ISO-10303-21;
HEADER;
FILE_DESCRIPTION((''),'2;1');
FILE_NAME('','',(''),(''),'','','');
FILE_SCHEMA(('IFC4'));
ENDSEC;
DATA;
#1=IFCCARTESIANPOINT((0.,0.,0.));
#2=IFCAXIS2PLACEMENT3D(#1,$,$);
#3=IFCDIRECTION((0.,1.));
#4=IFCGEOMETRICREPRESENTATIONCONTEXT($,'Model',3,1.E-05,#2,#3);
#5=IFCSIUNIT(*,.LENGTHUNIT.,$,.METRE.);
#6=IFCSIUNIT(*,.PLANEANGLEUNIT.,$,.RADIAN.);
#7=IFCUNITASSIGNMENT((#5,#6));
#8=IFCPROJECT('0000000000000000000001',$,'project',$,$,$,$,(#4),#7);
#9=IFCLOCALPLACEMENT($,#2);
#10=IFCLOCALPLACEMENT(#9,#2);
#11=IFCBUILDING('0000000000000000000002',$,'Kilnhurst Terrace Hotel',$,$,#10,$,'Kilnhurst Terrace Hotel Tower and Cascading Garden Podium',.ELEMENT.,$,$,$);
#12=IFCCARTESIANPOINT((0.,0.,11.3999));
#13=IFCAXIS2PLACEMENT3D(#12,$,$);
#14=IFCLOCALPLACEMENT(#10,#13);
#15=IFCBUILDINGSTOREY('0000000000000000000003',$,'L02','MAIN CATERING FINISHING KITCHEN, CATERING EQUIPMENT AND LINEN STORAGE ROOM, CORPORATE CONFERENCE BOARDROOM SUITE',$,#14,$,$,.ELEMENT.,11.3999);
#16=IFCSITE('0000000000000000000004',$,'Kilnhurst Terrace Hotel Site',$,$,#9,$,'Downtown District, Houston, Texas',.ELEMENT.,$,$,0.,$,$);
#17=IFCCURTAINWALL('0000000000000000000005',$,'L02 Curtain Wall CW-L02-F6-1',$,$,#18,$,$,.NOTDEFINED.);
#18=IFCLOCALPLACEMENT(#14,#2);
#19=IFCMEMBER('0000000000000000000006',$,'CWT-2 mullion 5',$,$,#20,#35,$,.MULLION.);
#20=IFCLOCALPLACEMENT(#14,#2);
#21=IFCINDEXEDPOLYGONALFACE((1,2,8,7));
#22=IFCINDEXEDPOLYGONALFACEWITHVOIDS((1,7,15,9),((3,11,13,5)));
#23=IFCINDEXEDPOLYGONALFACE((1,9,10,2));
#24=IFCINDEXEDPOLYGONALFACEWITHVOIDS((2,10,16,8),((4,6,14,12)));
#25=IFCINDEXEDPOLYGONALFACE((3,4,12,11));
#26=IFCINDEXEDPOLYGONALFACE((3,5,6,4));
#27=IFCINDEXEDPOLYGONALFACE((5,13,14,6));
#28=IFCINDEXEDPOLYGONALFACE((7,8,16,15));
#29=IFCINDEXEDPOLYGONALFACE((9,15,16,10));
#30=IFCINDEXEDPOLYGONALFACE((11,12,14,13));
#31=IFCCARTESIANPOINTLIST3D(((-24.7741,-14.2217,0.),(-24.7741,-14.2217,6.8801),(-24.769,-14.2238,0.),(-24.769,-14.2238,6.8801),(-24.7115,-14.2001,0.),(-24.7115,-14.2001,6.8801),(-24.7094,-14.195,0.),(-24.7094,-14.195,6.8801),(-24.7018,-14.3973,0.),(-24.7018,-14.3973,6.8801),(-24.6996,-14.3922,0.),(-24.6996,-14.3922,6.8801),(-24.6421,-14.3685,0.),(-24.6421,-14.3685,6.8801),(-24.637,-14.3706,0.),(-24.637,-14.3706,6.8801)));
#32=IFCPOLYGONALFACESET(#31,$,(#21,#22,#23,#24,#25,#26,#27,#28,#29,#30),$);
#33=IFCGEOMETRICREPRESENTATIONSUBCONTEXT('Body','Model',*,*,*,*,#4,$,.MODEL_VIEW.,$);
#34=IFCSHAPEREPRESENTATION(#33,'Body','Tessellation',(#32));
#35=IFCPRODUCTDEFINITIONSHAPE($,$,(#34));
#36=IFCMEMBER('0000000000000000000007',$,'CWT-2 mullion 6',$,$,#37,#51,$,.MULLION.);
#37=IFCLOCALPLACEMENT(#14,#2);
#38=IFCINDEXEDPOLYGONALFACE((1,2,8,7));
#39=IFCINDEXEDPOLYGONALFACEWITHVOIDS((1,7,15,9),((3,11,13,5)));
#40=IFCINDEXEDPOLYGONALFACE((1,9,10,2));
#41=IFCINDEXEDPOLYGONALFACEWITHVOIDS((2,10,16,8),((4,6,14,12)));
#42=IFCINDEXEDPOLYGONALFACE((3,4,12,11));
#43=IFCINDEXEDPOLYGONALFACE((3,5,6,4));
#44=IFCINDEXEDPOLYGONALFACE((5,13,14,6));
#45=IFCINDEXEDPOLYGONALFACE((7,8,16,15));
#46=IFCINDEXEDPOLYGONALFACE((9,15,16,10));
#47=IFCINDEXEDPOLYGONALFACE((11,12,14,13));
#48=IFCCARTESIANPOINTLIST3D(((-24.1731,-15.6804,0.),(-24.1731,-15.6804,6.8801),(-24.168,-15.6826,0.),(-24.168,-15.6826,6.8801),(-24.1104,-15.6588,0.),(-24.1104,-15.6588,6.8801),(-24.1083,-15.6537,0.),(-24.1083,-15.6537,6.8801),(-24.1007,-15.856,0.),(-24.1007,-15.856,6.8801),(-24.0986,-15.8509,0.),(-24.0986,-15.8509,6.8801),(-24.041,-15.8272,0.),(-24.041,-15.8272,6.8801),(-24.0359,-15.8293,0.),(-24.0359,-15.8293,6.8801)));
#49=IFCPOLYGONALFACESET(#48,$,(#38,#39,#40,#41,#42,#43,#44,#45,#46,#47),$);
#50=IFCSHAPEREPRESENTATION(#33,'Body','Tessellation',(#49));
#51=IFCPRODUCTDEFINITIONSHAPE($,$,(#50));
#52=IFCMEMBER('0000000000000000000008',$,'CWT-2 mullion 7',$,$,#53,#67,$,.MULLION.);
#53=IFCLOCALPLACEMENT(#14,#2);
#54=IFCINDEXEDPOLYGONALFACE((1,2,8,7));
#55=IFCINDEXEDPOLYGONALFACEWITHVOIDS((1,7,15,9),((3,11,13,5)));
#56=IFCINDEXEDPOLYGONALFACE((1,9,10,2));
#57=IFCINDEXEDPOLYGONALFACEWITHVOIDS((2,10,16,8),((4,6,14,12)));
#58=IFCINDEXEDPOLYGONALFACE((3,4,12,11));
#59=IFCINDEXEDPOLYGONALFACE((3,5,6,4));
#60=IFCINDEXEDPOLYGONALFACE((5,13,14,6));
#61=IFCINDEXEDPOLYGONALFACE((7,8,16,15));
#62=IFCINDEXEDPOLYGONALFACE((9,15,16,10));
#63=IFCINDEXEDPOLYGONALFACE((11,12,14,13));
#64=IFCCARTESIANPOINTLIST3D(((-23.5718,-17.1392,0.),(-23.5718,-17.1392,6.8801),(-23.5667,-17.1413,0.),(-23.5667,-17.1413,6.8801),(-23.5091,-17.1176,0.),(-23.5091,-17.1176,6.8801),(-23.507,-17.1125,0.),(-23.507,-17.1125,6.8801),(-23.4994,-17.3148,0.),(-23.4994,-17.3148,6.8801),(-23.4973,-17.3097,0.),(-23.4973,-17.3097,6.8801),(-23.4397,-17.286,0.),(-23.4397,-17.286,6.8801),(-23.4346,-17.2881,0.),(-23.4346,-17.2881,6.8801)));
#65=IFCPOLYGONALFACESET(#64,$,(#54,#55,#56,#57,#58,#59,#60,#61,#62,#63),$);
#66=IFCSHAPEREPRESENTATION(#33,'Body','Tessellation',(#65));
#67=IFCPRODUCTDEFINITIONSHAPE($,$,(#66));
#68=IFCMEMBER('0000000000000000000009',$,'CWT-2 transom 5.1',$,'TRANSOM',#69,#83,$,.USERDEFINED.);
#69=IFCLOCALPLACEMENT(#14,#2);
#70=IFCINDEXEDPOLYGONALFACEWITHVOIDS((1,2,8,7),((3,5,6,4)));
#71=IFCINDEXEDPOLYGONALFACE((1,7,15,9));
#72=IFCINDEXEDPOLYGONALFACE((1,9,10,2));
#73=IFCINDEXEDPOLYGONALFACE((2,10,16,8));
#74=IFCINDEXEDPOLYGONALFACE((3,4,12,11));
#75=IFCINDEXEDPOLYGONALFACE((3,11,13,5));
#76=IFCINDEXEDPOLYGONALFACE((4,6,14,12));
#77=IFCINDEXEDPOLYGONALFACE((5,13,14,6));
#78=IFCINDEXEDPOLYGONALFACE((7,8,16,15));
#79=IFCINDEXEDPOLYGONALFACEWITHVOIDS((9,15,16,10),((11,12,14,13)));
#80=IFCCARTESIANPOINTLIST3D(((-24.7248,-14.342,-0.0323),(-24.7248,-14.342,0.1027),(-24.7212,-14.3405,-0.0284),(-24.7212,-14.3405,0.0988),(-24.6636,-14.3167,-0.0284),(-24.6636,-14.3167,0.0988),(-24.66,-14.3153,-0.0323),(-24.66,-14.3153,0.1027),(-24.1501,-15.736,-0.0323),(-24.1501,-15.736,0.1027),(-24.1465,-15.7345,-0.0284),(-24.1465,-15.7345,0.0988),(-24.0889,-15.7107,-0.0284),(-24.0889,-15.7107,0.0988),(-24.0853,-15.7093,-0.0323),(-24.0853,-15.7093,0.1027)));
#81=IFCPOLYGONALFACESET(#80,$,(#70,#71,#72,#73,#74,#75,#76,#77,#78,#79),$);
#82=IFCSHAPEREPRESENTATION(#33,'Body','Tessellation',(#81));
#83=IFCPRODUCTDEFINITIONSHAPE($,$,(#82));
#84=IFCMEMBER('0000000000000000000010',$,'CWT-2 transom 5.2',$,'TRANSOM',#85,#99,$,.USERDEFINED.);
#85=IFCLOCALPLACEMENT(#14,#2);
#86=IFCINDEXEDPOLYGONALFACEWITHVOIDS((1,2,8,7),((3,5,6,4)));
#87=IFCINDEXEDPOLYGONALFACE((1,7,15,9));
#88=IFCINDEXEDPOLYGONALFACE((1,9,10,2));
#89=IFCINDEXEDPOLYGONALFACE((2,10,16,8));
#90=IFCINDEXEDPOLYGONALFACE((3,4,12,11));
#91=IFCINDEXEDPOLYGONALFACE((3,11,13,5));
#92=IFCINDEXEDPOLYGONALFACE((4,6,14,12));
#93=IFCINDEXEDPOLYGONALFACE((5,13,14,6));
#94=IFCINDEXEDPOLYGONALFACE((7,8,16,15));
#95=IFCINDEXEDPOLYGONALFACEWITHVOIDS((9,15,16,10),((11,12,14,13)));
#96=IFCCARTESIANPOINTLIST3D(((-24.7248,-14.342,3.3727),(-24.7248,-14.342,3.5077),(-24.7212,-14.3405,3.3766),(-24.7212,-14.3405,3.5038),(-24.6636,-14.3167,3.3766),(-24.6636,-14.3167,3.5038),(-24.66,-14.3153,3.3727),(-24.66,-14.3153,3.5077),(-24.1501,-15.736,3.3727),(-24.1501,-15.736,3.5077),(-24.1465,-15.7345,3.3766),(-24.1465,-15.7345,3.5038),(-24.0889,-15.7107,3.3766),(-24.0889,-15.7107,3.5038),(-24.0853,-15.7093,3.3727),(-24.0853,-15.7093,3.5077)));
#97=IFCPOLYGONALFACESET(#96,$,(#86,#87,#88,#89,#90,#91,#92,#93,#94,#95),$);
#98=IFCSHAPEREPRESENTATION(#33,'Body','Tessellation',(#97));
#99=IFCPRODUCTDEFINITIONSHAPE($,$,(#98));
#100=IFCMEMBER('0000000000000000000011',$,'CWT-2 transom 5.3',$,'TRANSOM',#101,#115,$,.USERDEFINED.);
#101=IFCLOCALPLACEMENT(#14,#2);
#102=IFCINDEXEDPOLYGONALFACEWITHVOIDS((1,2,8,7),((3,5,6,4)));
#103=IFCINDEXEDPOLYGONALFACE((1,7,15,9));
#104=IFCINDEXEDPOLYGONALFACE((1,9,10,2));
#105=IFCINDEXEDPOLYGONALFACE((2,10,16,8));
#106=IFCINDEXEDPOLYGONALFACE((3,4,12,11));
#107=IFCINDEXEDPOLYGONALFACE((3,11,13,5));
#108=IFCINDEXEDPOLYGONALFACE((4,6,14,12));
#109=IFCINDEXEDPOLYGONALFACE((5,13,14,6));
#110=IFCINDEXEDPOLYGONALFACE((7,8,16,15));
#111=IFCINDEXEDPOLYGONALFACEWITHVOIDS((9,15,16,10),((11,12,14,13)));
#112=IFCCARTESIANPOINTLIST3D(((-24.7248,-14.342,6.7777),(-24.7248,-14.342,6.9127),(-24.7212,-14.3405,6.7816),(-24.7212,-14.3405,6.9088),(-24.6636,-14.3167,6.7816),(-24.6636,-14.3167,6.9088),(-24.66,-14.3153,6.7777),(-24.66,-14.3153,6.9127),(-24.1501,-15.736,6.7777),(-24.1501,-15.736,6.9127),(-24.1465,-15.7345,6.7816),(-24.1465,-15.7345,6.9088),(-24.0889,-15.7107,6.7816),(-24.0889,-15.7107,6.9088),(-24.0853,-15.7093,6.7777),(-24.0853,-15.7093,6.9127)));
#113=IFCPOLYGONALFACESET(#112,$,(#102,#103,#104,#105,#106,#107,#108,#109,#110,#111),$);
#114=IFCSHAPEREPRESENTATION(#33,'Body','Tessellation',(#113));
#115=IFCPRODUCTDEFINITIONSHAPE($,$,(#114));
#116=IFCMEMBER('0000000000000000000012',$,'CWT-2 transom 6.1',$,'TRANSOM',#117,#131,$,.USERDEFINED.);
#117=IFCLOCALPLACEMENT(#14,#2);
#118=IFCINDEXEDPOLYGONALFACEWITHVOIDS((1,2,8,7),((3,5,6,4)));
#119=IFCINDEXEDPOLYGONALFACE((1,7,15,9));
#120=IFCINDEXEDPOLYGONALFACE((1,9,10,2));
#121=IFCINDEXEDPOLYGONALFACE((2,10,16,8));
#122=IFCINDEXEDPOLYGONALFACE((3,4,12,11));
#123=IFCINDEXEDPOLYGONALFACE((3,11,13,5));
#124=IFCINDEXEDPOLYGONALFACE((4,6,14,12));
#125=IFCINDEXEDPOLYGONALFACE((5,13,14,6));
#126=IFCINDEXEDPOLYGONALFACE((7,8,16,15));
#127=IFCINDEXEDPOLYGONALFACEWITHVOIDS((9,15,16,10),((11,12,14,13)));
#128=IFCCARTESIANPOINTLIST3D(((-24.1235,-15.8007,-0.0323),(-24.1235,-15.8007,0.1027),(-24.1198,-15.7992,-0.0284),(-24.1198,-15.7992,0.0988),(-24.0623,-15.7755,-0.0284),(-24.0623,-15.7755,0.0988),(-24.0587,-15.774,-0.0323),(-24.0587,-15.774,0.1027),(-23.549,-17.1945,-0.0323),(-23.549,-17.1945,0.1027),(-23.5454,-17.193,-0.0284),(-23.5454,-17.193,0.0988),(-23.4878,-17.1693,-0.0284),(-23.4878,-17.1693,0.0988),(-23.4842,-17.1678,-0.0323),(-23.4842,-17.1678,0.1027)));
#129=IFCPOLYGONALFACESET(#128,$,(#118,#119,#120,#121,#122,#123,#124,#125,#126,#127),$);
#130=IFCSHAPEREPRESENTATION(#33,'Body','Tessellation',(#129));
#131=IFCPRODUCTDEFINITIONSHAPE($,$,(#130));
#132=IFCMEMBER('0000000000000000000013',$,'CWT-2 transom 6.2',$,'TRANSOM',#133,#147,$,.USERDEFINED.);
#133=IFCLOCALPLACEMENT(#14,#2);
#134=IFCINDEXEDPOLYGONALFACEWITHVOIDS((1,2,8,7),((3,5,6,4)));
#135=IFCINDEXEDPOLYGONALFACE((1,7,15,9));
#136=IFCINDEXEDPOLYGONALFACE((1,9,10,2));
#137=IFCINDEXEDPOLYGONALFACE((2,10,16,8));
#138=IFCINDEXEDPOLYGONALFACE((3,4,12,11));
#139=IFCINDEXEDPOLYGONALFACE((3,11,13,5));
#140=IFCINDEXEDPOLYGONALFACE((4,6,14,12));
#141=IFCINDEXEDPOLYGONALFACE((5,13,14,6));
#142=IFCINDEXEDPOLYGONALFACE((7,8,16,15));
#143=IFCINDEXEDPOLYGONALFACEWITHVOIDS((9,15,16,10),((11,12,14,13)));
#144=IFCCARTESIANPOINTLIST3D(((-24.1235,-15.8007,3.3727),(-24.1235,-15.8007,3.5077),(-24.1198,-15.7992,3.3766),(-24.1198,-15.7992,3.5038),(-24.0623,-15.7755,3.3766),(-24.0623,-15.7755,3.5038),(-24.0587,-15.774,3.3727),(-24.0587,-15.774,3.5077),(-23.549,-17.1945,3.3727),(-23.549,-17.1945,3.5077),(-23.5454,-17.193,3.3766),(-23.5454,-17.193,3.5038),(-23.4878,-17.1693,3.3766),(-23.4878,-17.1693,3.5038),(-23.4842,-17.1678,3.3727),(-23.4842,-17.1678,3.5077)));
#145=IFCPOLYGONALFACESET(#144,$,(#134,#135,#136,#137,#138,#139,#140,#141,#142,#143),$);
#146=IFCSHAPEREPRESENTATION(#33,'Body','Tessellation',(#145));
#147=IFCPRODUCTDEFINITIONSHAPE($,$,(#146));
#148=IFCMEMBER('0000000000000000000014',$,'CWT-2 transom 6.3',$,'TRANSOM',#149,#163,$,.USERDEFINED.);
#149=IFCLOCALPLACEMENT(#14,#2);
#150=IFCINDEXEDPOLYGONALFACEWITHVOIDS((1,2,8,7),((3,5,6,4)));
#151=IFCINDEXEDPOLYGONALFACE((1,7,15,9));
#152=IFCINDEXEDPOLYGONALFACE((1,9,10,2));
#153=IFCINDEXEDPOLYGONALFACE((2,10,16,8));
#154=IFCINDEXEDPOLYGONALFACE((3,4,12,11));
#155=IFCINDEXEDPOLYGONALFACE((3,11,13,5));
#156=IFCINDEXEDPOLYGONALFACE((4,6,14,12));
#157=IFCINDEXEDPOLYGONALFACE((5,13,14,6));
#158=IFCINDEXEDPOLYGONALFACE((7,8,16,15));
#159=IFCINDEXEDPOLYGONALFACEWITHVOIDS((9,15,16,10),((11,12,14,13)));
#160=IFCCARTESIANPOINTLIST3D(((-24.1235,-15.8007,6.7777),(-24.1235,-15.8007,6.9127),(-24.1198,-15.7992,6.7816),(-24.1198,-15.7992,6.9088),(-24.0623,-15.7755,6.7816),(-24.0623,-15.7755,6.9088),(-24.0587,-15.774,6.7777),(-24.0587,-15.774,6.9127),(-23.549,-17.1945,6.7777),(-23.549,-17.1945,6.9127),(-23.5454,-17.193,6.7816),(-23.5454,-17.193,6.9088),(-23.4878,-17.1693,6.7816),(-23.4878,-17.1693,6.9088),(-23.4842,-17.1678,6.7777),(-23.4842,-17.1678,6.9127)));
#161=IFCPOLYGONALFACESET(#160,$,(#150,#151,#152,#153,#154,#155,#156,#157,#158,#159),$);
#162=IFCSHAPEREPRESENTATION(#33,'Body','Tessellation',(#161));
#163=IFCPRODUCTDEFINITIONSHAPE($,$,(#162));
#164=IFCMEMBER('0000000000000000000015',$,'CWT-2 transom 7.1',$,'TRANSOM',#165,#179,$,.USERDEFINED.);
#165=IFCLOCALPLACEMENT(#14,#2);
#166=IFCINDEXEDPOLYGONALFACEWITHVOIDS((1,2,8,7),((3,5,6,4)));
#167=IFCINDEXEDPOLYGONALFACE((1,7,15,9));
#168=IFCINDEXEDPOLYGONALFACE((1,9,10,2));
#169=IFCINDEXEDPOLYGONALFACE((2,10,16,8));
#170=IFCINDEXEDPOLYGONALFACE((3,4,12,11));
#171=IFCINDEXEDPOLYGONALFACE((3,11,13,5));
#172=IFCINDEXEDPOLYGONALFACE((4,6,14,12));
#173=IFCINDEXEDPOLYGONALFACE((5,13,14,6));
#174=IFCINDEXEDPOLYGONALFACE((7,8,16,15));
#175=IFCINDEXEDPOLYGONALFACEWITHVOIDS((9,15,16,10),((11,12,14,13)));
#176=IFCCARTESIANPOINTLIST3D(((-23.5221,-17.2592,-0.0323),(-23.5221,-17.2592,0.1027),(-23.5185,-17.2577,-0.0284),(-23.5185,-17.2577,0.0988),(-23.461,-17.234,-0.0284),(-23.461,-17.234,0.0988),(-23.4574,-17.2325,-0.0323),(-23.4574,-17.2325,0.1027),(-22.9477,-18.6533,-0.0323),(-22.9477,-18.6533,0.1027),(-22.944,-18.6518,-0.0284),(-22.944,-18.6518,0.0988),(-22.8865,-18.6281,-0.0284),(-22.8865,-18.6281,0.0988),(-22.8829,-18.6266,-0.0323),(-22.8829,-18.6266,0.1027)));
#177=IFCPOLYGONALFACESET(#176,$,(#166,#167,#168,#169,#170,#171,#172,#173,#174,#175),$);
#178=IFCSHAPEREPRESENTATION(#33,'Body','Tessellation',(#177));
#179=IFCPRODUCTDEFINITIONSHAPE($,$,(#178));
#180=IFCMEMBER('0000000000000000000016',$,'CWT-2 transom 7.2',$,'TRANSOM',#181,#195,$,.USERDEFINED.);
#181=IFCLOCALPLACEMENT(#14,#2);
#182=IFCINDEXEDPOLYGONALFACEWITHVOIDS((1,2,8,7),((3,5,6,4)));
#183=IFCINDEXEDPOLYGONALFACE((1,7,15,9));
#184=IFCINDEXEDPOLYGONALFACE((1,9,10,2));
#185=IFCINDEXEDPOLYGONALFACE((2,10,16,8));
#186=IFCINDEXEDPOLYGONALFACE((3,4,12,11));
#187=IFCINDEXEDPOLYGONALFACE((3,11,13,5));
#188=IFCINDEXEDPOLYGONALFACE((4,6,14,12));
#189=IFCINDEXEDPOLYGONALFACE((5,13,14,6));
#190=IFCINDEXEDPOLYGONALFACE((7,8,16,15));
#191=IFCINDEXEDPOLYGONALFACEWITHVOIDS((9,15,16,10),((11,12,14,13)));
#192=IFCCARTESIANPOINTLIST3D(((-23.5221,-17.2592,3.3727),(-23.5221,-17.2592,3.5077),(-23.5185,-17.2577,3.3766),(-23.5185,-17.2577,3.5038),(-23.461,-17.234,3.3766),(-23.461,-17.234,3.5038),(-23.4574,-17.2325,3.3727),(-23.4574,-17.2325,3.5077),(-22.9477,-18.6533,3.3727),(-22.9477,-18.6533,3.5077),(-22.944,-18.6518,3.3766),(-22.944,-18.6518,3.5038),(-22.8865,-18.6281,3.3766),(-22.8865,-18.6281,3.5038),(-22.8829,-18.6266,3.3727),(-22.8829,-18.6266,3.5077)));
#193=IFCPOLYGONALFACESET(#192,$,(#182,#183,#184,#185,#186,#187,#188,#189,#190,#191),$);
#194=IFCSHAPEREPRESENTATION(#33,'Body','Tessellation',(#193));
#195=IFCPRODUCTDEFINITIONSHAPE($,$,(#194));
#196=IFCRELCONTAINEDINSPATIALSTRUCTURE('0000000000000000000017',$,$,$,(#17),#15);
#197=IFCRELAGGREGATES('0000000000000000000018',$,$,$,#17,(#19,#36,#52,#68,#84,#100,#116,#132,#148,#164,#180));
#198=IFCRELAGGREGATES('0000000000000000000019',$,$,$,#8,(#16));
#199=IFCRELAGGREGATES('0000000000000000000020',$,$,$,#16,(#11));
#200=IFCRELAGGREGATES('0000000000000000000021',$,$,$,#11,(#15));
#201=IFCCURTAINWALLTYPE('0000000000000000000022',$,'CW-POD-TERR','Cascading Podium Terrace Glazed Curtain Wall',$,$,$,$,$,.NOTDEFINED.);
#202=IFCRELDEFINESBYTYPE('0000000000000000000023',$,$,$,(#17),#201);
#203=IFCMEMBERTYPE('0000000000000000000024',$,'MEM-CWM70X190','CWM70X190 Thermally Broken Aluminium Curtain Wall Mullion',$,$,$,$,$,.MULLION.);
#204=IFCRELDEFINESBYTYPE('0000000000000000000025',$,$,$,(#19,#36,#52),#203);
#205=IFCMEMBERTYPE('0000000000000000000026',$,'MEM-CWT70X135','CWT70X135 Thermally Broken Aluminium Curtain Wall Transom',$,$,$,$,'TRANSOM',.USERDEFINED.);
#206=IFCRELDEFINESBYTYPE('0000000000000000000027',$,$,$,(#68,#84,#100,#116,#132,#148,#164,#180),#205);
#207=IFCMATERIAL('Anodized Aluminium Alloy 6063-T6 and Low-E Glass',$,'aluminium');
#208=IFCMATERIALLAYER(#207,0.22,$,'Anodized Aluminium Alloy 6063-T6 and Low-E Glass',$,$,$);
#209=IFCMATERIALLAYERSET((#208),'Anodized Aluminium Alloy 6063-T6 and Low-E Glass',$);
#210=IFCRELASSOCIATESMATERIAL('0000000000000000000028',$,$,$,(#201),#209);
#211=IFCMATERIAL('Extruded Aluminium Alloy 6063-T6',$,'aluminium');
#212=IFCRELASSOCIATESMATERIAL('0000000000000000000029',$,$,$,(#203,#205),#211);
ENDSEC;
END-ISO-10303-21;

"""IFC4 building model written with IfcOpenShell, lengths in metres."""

from ifc_helpers import new_model, si_unit, direction, frame, origin, origin_2d, place, context, subcontext, project, spatial, hollow_rectangle, extrude, material, layer, layer_set, material_profile, profile_set, type_object, element, aggregate, save


model = new_model("IFC4")

# Units and contexts
model_context = context("Model", 3, precision=1e-05, world=origin(), true_north=direction((0.0, 1.0)))
body_context = subcontext(model_context, "Body", "Model", "MODEL_VIEW")
ifc_project = project(units=[si_unit("LENGTHUNIT", "METRE"), si_unit("PLANEANGLEUNIT", "RADIAN")], contexts=[model_context])

# Site, building, storey
site_placement = place(None, origin())
site = spatial("IfcSite", under=ifc_project, at=site_placement, Name="Kilnhurst Terrace Hotel Site", LongName="Downtown District, Houston, Texas", CompositionType="ELEMENT", RefElevation=0.0)
building_placement = place(site_placement, origin())
building = spatial("IfcBuilding", under=site, at=building_placement, Name="Kilnhurst Terrace Hotel", LongName="Kilnhurst Terrace Hotel Tower and Cascading Garden Podium", CompositionType="ELEMENT")
storey_placement = place(building_placement, frame((0.0, 0.0, 11.3999)))
storey = spatial("IfcBuildingStorey", under=building, at=storey_placement, Name="L02", Description="MAIN CATERING FINISHING KITCHEN, CATERING EQUIPMENT AND LINEN STORAGE ROOM, CORPORATE CONFERENCE BOARDROOM SUITE", CompositionType="ELEMENT", Elevation=11.3999)

# Curtain wall, members
ifc_material_1 = material(Name="Anodized Aluminium Alloy 6063-T6 and Low-E Glass", Category="aluminium")
ifc_layer_1 = layer(ifc_material_1, 0.22, Name="Anodized Aluminium Alloy 6063-T6 and Low-E Glass")
ifc_layer_set_1 = layer_set([ifc_layer_1], Name="Anodized Aluminium Alloy 6063-T6 and Low-E Glass")
curtain_wall_type = type_object("IfcCurtainWallType", Name="CW-POD-TERR", Description="Cascading Podium Terrace Glazed Curtain Wall", PredefinedType="NOTDEFINED", material=ifc_layer_set_1)
curtain_wall_placement = place(storey_placement, origin())
curtain_wall = element("IfcCurtainWall", 1, at=curtain_wall_placement, inside=storey, type_object=curtain_wall_type, Name="L02 Curtain Wall CW-L02-F6-1", PredefinedType="NOTDEFINED")
ifc_material_2 = material(Name="Extruded Aluminium Alloy 6063-T6", Category="aluminium")
ifc_material_profile_1 = material_profile(ifc_material_2, hollow_rectangle(XDim=0.0701, YDim=0.1899, WallThickness=0.0039, at=origin_2d()), Name="CWM70X190")
ifc_profile_set_1 = profile_set([ifc_material_profile_1], Name="Extruded Aluminium Alloy 6063-T6")
member_type_1 = type_object("IfcMemberType", Name="MEM-CWM70X190", Description="CWM70X190 Thermally Broken Aluminium Curtain Wall Mullion", PredefinedType="MULLION", material=ifc_profile_set_1)
member_1_placement = place(storey_placement, frame((-24.7056, -14.2961, 0.0), z_axis=(0.0, 0.0, 1.0), x_axis=(0.924545, 0.381073, 0.0)))
member_1 = element("IfcMember", 2, at=member_1_placement, type_object=member_type_1, Name="CWT-2 mullion 5", PredefinedType="MULLION", context=body_context, shape_type="SweptSolid", body=[
    extrude(hollow_rectangle(XDim=0.0701, YDim=0.1899, WallThickness=0.0039, at=origin_2d()), origin(), (0.0, 0.0, 1.0), 6.8801),
])
member_2_placement = place(storey_placement, frame((-24.1045, -15.7549, 0.0), z_axis=(0.0, 0.0, 1.0), x_axis=(0.924545, 0.381073, 0.0)))
member_2 = element("IfcMember", 3, at=member_2_placement, type_object=member_type_1, Name="CWT-2 mullion 6", PredefinedType="MULLION", context=body_context, shape_type="SweptSolid", body=[
    extrude(hollow_rectangle(XDim=0.0701, YDim=0.1899, WallThickness=0.0039, at=origin_2d()), origin(), (0.0, 0.0, 1.0), 6.8801),
])
member_3_placement = place(storey_placement, frame((-23.5032, -17.2136, 0.0), z_axis=(0.0, 0.0, 1.0), x_axis=(0.924545, 0.381073, 0.0)))
member_3 = element("IfcMember", 4, at=member_3_placement, type_object=member_type_1, Name="CWT-2 mullion 7", PredefinedType="MULLION", context=body_context, shape_type="SweptSolid", body=[
    extrude(hollow_rectangle(XDim=0.0701, YDim=0.1899, WallThickness=0.0039, at=origin_2d()), origin(), (0.0, 0.0, 1.0), 6.8801),
])
ifc_material_profile_2 = material_profile(ifc_material_2, hollow_rectangle(XDim=0.0701, YDim=0.135, WallThickness=0.0039, at=origin_2d()), Name="CWT70X135")
ifc_profile_set_2 = profile_set([ifc_material_profile_2], Name="Extruded Aluminium Alloy 6063-T6")
member_type_2 = type_object("IfcMemberType", Name="MEM-CWT70X135", Description="CWT70X135 Thermally Broken Aluminium Curtain Wall Transom", ElementType="TRANSOM", PredefinedType="USERDEFINED", material=ifc_profile_set_2)
member_4_placement = place(storey_placement, frame((-24.6924, -14.3286, 0.0352), z_axis=(0.381141, -0.924517, 0.0), x_axis=(0.924517, 0.381141, 0.0)))
member_4 = element("IfcMember", 5, at=member_4_placement, type_object=member_type_2, Name="CWT-2 transom 5.1", ObjectType="TRANSOM", PredefinedType="USERDEFINED", context=body_context, shape_type="SweptSolid", body=[
    extrude(hollow_rectangle(XDim=0.0701, YDim=0.135, WallThickness=0.0039, at=origin_2d()), origin(), (0.0, 0.0, 1.0), 1.5078),
])
member_5_placement = place(storey_placement, frame((-24.6924, -14.3286, 3.4402), z_axis=(0.381141, -0.924517, 0.0), x_axis=(0.924517, 0.381141, 0.0)))
member_5 = element("IfcMember", 6, at=member_5_placement, type_object=member_type_2, Name="CWT-2 transom 5.2", ObjectType="TRANSOM", PredefinedType="USERDEFINED", context=body_context, shape_type="SweptSolid", body=[
    extrude(hollow_rectangle(XDim=0.0701, YDim=0.135, WallThickness=0.0039, at=origin_2d()), origin(), (0.0, 0.0, 1.0), 1.5078),
])
member_6_placement = place(storey_placement, frame((-24.6924, -14.3286, 6.8452), z_axis=(0.381141, -0.924517, 0.0), x_axis=(0.924517, 0.381141, 0.0)))
member_6 = element("IfcMember", 7, at=member_6_placement, type_object=member_type_2, Name="CWT-2 transom 5.3", ObjectType="TRANSOM", PredefinedType="USERDEFINED", context=body_context, shape_type="SweptSolid", body=[
    extrude(hollow_rectangle(XDim=0.0701, YDim=0.135, WallThickness=0.0039, at=origin_2d()), origin(), (0.0, 0.0, 1.0), 1.5078),
])
member_7_placement = place(storey_placement, frame((-24.0911, -15.7874, 0.0352), z_axis=(0.381059, -0.924551, 0.0), x_axis=(0.924551, 0.381059, 0.0)))
member_7 = element("IfcMember", 8, at=member_7_placement, type_object=member_type_2, Name="CWT-2 transom 6.1", ObjectType="TRANSOM", PredefinedType="USERDEFINED", context=body_context, shape_type="SweptSolid", body=[
    extrude(hollow_rectangle(XDim=0.0701, YDim=0.135, WallThickness=0.0039, at=origin_2d()), origin(), (0.0, 0.0, 1.0), 1.5076),
])
member_8_placement = place(storey_placement, frame((-24.0911, -15.7874, 3.4402), z_axis=(0.381059, -0.924551, 0.0), x_axis=(0.924551, 0.381059, 0.0)))
member_8 = element("IfcMember", 9, at=member_8_placement, type_object=member_type_2, Name="CWT-2 transom 6.2", ObjectType="TRANSOM", PredefinedType="USERDEFINED", context=body_context, shape_type="SweptSolid", body=[
    extrude(hollow_rectangle(XDim=0.0701, YDim=0.135, WallThickness=0.0039, at=origin_2d()), origin(), (0.0, 0.0, 1.0), 1.5076),
])
member_9_placement = place(storey_placement, frame((-24.0911, -15.7874, 6.8452), z_axis=(0.381059, -0.924551, 0.0), x_axis=(0.924551, 0.381059, 0.0)))
member_9 = element("IfcMember", 10, at=member_9_placement, type_object=member_type_2, Name="CWT-2 transom 6.3", ObjectType="TRANSOM", PredefinedType="USERDEFINED", context=body_context, shape_type="SweptSolid", body=[
    extrude(hollow_rectangle(XDim=0.0701, YDim=0.135, WallThickness=0.0039, at=origin_2d()), origin(), (0.0, 0.0, 1.0), 1.5076),
])
member_10_placement = place(storey_placement, frame((-23.4897, -17.2458, 0.0352), z_axis=(0.381002, -0.924574, 0.0), x_axis=(0.924574, 0.381002, 0.0)))
member_10 = element("IfcMember", 11, at=member_10_placement, type_object=member_type_2, Name="CWT-2 transom 7.1", ObjectType="TRANSOM", PredefinedType="USERDEFINED", context=body_context, shape_type="SweptSolid", body=[
    extrude(hollow_rectangle(XDim=0.0701, YDim=0.135, WallThickness=0.0039, at=origin_2d()), origin(), (0.0, 0.0, 1.0), 1.5078),
])
member_11_placement = place(storey_placement, frame((-23.4897, -17.2458, 3.4402), z_axis=(0.381002, -0.924574, 0.0), x_axis=(0.924574, 0.381002, 0.0)))
member_11 = element("IfcMember", 12, at=member_11_placement, type_object=member_type_2, Name="CWT-2 transom 7.2", ObjectType="TRANSOM", PredefinedType="USERDEFINED", context=body_context, shape_type="SweptSolid", body=[
    extrude(hollow_rectangle(XDim=0.0701, YDim=0.135, WallThickness=0.0039, at=origin_2d()), origin(), (0.0, 0.0, 1.0), 1.5078),
])
aggregate(curtain_wall, [member_1, member_2, member_3, member_4, member_5, member_6, member_7, member_8, member_9, member_10, member_11])

save(model, "model.ifc")
